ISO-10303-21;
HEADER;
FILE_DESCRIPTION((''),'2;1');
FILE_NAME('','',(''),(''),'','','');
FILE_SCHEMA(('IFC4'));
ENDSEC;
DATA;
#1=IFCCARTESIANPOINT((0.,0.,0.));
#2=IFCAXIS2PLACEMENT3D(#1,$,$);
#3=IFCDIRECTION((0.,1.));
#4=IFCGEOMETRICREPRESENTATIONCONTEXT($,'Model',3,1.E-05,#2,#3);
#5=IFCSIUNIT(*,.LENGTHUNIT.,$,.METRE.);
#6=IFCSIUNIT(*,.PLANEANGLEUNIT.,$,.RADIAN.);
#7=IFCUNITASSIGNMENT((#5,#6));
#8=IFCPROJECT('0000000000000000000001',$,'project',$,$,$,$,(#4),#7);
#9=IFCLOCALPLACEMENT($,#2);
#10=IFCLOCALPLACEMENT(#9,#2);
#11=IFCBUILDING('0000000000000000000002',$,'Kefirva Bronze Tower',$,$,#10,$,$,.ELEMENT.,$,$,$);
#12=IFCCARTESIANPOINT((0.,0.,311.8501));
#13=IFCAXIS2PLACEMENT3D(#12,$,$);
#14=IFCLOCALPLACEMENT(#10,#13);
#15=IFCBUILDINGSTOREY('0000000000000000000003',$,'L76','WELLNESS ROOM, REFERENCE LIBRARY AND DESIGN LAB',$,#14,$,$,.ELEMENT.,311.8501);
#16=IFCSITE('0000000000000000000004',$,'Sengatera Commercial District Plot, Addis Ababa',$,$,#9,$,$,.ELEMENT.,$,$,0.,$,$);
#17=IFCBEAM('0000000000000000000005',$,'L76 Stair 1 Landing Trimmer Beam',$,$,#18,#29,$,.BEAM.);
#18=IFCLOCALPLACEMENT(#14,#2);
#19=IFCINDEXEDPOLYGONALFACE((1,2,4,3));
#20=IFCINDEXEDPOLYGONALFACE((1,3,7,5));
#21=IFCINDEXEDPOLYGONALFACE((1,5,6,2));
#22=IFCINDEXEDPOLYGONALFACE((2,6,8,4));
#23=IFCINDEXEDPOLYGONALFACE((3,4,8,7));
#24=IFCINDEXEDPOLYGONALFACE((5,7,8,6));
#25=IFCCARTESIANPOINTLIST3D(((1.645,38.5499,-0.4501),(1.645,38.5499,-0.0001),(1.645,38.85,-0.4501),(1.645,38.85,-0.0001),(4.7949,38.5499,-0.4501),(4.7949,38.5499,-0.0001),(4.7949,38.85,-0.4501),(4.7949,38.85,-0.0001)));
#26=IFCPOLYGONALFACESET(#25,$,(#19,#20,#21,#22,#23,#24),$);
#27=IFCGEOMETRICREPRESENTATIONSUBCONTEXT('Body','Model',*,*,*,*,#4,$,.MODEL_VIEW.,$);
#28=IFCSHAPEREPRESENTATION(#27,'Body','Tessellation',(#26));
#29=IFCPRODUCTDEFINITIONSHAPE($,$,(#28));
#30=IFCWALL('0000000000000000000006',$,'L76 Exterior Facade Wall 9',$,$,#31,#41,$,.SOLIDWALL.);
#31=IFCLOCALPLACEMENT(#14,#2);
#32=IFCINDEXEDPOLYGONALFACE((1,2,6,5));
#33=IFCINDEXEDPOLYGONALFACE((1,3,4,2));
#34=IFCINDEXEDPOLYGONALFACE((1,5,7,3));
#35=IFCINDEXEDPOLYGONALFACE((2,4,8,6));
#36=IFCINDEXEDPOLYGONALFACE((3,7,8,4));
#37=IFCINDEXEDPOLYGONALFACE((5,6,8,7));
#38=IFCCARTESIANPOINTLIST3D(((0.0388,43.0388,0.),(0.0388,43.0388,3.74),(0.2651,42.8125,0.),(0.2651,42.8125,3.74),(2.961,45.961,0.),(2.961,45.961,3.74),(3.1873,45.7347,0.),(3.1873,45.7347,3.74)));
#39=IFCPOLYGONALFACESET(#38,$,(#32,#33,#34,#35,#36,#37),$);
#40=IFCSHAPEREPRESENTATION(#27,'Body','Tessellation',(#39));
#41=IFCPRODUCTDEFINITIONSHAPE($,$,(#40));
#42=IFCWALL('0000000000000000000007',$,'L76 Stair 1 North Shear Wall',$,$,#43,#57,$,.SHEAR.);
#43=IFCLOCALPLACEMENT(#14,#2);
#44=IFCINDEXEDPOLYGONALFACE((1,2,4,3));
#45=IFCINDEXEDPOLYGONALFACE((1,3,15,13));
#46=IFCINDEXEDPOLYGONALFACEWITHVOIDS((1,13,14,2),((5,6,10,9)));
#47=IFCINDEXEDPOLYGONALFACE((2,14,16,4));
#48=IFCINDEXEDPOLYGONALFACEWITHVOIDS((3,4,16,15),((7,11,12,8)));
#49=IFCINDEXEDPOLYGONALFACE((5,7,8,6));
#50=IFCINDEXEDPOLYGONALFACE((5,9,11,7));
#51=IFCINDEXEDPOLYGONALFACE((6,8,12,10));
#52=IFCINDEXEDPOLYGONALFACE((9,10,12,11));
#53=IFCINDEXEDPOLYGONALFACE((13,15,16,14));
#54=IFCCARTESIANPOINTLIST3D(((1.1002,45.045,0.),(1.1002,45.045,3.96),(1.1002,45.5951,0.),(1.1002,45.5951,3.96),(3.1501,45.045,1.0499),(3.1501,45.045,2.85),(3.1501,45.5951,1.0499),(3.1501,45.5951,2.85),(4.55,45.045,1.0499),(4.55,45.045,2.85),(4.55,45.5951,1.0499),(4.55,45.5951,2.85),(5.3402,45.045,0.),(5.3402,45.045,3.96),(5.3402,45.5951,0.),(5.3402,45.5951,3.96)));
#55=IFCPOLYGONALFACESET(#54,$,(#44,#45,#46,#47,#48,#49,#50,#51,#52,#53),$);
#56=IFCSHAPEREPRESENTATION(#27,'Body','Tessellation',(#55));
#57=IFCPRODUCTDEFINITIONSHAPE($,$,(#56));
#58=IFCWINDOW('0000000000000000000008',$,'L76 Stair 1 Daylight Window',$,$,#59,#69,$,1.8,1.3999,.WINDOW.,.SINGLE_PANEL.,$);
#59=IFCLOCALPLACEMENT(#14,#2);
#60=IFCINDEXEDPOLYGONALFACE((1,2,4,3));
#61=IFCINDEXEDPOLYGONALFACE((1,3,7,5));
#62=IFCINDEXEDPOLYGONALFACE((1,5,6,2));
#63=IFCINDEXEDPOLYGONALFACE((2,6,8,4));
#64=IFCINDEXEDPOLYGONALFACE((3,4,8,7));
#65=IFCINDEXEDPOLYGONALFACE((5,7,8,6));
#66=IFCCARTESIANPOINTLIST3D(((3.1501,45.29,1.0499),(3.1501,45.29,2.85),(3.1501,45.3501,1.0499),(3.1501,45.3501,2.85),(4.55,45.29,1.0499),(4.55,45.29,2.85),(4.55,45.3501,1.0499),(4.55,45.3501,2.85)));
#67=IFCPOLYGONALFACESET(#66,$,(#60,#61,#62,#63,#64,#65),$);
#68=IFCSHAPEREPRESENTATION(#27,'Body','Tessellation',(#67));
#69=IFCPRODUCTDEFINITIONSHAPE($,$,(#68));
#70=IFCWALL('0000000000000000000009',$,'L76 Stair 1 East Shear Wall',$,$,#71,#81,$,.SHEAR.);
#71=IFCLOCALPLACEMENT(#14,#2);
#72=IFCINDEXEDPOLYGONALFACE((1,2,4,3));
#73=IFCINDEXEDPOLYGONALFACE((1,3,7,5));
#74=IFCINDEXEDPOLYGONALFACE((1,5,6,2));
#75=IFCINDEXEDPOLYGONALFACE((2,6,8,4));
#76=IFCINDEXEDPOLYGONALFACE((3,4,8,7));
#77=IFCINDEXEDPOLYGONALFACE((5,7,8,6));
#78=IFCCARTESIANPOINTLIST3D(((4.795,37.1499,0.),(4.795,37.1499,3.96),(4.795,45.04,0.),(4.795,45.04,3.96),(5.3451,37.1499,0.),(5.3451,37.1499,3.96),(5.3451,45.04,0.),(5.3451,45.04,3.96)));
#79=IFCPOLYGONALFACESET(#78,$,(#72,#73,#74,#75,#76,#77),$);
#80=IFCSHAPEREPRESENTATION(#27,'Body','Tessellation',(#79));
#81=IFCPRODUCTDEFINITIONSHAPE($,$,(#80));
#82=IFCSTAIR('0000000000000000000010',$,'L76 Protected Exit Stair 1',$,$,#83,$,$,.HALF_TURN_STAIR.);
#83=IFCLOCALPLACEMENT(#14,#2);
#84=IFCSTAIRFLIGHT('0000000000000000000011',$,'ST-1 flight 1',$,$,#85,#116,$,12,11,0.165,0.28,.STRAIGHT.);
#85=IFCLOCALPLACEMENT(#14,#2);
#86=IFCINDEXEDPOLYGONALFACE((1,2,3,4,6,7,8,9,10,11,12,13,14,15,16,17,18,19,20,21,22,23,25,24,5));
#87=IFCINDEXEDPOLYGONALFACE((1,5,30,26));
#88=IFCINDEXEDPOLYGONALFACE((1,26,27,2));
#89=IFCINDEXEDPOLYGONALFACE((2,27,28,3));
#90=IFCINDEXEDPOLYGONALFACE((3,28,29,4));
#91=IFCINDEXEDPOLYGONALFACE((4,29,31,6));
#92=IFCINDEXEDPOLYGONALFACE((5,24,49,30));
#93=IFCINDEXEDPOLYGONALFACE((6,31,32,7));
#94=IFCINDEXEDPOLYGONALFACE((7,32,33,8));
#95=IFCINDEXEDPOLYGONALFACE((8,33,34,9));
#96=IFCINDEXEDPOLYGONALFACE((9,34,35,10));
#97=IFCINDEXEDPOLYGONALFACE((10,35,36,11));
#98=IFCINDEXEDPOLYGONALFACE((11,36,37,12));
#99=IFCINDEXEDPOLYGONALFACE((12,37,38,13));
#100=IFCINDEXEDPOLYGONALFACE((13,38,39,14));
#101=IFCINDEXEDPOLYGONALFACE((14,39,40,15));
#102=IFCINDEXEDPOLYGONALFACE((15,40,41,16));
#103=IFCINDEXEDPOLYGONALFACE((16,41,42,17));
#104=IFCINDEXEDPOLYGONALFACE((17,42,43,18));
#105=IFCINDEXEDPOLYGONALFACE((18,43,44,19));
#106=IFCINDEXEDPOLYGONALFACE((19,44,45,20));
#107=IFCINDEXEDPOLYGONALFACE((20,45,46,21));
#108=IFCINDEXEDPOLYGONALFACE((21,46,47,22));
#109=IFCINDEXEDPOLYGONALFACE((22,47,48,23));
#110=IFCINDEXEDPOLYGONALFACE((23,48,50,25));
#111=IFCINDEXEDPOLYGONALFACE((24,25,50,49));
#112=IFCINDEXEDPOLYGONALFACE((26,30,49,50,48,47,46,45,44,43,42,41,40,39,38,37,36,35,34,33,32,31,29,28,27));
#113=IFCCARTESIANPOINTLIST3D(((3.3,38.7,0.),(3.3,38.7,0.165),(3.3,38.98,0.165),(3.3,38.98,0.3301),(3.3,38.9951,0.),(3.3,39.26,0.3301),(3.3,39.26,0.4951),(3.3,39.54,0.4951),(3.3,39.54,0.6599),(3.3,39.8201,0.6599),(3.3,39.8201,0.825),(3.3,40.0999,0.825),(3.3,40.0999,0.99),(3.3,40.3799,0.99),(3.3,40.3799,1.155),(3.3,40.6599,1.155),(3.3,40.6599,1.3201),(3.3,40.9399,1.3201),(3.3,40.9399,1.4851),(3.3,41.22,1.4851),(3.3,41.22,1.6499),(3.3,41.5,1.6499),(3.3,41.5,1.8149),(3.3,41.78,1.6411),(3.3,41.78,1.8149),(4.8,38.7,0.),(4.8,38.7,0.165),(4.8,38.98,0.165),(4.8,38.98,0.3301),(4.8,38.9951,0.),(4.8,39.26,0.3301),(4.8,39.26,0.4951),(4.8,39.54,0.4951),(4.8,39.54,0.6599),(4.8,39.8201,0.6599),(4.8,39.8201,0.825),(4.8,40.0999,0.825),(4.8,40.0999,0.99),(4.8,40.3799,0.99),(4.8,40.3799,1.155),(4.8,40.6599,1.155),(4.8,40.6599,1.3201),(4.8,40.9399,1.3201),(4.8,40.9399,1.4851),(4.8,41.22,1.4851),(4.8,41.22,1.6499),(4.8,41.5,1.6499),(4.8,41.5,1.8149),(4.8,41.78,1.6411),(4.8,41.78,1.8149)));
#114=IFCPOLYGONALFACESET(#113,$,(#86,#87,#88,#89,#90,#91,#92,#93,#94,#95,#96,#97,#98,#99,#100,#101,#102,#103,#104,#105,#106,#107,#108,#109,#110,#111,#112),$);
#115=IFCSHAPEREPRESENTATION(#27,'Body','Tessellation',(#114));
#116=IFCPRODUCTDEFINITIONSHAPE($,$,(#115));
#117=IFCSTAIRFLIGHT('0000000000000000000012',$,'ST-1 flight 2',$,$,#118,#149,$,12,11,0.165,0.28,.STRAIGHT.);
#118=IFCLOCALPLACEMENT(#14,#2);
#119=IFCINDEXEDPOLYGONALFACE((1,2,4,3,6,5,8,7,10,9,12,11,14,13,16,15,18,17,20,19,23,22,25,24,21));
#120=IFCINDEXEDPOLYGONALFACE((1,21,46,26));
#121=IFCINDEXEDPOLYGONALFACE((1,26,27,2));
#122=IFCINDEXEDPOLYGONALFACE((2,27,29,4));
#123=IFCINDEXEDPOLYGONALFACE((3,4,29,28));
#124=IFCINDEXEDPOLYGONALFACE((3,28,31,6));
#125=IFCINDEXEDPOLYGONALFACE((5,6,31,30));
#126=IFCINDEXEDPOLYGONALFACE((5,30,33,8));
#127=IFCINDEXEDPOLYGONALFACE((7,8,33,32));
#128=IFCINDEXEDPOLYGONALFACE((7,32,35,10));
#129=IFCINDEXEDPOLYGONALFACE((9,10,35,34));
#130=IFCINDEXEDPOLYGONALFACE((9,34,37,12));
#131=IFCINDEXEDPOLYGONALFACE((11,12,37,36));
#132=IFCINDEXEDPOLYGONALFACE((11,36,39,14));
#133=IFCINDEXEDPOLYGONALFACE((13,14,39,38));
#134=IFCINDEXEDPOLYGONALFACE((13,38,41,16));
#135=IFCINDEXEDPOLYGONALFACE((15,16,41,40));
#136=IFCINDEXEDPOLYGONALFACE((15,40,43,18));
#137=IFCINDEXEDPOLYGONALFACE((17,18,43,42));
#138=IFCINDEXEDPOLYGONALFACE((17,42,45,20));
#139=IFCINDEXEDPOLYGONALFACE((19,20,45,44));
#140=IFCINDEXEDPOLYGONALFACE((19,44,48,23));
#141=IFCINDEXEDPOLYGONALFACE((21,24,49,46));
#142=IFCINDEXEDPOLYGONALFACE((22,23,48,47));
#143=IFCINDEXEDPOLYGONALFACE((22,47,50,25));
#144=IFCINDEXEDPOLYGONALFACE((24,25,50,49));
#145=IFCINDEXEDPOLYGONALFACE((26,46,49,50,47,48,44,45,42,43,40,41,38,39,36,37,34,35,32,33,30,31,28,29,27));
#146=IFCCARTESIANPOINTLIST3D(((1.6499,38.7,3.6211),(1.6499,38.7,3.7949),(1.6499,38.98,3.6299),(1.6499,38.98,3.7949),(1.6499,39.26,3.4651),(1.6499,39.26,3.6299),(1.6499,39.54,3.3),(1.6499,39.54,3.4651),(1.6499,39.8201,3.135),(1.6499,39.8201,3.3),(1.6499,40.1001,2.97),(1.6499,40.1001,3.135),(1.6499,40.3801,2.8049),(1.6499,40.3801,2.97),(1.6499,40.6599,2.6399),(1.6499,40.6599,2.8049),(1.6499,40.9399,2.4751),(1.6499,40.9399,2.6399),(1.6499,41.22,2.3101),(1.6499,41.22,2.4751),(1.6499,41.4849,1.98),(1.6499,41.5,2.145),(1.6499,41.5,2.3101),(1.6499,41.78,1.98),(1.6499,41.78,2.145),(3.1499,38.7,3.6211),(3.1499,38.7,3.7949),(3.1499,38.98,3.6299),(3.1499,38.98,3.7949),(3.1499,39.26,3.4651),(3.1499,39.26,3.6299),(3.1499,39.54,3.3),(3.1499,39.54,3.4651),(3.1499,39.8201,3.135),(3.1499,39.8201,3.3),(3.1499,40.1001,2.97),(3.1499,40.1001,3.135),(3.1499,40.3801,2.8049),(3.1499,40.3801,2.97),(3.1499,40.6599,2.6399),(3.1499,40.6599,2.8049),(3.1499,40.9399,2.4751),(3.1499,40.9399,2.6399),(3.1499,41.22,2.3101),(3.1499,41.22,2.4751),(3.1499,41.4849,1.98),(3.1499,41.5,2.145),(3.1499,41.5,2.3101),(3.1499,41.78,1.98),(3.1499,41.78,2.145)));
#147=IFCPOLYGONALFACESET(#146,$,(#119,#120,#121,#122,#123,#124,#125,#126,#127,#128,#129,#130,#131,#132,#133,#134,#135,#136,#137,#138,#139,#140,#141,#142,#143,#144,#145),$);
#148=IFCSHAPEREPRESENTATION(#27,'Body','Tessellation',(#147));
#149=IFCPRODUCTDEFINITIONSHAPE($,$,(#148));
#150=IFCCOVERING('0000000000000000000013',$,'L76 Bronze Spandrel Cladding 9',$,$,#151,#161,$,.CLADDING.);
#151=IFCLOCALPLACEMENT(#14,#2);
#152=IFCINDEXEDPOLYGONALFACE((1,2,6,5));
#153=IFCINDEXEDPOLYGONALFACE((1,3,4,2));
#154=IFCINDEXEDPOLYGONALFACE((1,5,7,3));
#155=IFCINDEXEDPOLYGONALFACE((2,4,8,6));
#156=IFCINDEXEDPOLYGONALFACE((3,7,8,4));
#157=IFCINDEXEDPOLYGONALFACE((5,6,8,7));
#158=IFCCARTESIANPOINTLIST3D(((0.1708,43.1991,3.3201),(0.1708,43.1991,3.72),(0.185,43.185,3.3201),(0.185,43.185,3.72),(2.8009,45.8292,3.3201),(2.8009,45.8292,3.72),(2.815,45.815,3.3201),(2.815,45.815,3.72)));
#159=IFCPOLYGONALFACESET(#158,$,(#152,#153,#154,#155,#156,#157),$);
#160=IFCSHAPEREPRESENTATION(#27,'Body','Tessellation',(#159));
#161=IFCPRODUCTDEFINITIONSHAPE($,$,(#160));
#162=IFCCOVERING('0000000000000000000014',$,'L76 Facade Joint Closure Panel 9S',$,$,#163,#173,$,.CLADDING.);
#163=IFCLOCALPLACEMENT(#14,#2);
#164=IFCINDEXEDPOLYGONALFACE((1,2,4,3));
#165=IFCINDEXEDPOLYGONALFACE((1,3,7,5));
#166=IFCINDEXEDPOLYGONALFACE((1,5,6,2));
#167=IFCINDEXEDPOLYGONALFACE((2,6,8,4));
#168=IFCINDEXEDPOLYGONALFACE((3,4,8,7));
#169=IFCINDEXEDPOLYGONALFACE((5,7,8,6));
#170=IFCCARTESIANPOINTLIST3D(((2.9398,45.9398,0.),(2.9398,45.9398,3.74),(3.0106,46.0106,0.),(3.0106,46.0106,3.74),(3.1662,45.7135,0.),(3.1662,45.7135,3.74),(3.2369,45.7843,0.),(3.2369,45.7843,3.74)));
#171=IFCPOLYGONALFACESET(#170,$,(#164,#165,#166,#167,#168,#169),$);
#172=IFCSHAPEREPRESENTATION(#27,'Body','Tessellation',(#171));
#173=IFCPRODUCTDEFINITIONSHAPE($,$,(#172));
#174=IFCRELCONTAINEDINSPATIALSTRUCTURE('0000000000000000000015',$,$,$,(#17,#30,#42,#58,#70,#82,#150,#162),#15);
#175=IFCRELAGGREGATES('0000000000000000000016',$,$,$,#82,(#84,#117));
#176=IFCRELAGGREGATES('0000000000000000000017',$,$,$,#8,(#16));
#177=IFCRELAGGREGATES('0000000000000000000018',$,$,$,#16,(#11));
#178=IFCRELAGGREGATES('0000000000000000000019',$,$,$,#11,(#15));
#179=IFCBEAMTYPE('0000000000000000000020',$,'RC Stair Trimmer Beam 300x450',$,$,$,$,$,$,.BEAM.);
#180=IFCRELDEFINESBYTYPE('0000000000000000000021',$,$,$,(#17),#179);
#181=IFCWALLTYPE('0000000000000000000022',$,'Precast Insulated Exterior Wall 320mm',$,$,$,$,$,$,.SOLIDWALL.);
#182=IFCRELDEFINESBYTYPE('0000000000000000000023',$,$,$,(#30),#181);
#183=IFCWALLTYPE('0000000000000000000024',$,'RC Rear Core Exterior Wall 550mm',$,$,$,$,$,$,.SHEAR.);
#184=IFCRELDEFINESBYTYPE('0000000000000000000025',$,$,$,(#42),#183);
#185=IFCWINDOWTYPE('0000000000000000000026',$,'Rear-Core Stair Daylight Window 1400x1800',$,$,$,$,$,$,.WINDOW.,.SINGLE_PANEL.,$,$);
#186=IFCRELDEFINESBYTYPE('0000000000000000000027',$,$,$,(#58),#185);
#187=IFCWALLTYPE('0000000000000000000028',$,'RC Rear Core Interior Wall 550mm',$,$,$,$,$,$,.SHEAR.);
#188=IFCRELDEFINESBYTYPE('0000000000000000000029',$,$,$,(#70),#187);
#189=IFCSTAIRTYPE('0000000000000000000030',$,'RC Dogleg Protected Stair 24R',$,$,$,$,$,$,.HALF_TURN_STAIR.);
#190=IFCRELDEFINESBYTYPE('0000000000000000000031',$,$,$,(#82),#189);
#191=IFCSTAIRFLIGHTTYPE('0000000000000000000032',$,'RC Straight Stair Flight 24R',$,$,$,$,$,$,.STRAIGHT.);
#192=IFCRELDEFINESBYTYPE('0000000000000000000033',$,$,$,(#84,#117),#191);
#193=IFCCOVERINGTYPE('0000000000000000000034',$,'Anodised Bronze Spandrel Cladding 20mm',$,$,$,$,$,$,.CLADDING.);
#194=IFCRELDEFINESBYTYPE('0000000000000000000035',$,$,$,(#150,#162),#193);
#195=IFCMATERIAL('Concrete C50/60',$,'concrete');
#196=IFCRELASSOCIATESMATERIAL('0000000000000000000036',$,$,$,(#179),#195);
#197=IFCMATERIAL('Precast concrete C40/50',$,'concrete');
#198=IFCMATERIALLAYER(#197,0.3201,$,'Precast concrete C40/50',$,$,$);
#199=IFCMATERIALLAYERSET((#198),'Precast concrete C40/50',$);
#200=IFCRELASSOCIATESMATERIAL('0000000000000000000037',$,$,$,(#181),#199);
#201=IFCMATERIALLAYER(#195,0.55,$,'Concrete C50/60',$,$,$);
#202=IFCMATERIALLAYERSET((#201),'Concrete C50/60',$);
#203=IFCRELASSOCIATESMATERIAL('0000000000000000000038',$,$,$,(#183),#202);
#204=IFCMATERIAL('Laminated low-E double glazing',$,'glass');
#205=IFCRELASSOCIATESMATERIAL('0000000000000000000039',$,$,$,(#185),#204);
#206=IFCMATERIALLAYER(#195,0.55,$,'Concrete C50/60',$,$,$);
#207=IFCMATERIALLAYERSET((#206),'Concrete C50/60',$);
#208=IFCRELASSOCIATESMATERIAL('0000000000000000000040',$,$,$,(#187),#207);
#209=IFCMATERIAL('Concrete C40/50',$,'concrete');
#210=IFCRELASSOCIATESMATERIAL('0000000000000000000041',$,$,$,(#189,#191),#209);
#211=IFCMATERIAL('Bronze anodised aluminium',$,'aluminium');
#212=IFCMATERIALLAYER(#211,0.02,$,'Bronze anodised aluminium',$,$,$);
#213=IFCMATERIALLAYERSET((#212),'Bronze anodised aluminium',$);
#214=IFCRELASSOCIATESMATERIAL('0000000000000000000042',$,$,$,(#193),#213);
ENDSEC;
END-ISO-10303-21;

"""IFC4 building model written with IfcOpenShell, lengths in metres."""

from ifc_helpers import new_model, si_unit, direction, frame, frame_2d, origin, origin_2d, place, context, subcontext, project, spatial, polyline, rectangle, outline, extrude, material, layer, layer_set, material_profile, profile_set, type_object, element, fill, aggregate, save


model = new_model("IFC4")

# Units and contexts
model_context = context("Model", 3, precision=1e-05, world=origin(), true_north=direction((0.0, 1.0)))
body_context = subcontext(model_context, "Body", "Model", "MODEL_VIEW")
ifc_project = project(units=[si_unit("LENGTHUNIT", "METRE"), si_unit("PLANEANGLEUNIT", "RADIAN")], contexts=[model_context])

# Site, building, storey
site_placement = place(None, origin())
site = spatial("IfcSite", under=ifc_project, at=site_placement, Name="Sengatera Commercial District Plot, Addis Ababa", CompositionType="ELEMENT", RefElevation=0.0)
building_placement = place(site_placement, origin())
building = spatial("IfcBuilding", under=site, at=building_placement, Name="Kefirva Bronze Tower", CompositionType="ELEMENT")
storey_placement = place(building_placement, frame((0.0, 0.0, 311.8501)))
storey = spatial("IfcBuildingStorey", under=building, at=storey_placement, Name="L76", Description="WELLNESS ROOM, REFERENCE LIBRARY AND DESIGN LAB", CompositionType="ELEMENT", Elevation=311.8501)

# Beam
ifc_material_1 = material(Name="Concrete C50/60", Category="concrete")
ifc_material_profile = material_profile(ifc_material_1, rectangle(XDim=0.3, YDim=0.45, at=origin_2d()), Name="RC 300x450")
ifc_profile_set = profile_set([ifc_material_profile], Name="Concrete C50/60")
beam_type = type_object("IfcBeamType", Name="RC Stair Trimmer Beam 300x450", PredefinedType="BEAM", material=ifc_profile_set)
beam_placement = place(storey_placement, frame((1.645, 38.7, -0.2251), z_axis=(1.0, 0.0, 0.0), x_axis=(0.0, 1.0, 0.0)))
element("IfcBeam", 1, at=beam_placement, inside=storey, type_object=beam_type, Name="L76 Stair 1 Landing Trimmer Beam", PredefinedType="BEAM", context=body_context, shape_type="SweptSolid", body=[
    extrude(rectangle(XDim=0.3, YDim=0.45, at=origin_2d()), origin(), (0.0, 0.0, 1.0), 3.1499),
])

# Wall
ifc_material_2 = material(Name="Precast concrete C40/50", Category="concrete")
ifc_layer_1 = layer(ifc_material_2, 0.3201, Name="Precast concrete C40/50")
ifc_layer_set_1 = layer_set([ifc_layer_1], Name="Precast concrete C40/50")
wall_type_1 = type_object("IfcWallType", Name="Precast Insulated Exterior Wall 320mm", PredefinedType="SOLIDWALL", material=ifc_layer_set_1)
wall_1_placement = place(storey_placement, frame((3.0742, 45.8479, 0.0), z_axis=(0.0, 0.0, 1.0), x_axis=(-0.707107, -0.707107, 0.0)))
element("IfcWall", 2, at=wall_1_placement, inside=storey, type_object=wall_type_1, Name="L76 Exterior Facade Wall 9", PredefinedType="SOLIDWALL", context=body_context, shape_type="SweptSolid", body=[
    extrude(rectangle(XDim=4.1326, YDim=0.3201, at=frame_2d((2.0664, 0.0))), origin(), (0.0, 0.0, 1.0), 3.74),
])

# Wall, opening, window
ifc_layer_2 = layer(ifc_material_1, 0.55, Name="Concrete C50/60")
ifc_layer_set_2 = layer_set([ifc_layer_2], Name="Concrete C50/60")
wall_type_2 = type_object("IfcWallType", Name="RC Rear Core Exterior Wall 550mm", PredefinedType="SHEAR", material=ifc_layer_set_2)
wall_2_placement = place(storey_placement, frame((1.1001, 45.3201, 0.0), z_axis=(0.0, 0.0, 1.0), x_axis=(1.0, 0.0, 0.0)))
wall_2 = element("IfcWall", 3, at=wall_2_placement, inside=storey, type_object=wall_type_2, Name="L76 Stair 1 North Shear Wall", PredefinedType="SHEAR", context=body_context, shape_type="SweptSolid", body=[
    extrude(rectangle(XDim=4.24, YDim=0.55, at=frame_2d((2.1201, 0.0))), origin(), (0.0, 0.0, 1.0), 3.96),
])
opening_1_placement = place(wall_2_placement, frame((2.05, 0.0, 1.05)))
opening_1 = element("IfcOpeningElement", 4, at=opening_1_placement, cuts=wall_2, PredefinedType="OPENING", context=body_context, shape_type="SweptSolid", body=[
    extrude(rectangle(XDim=1.3999, YDim=1.8, at=frame_2d((0.7, 0.8999))), frame((0.0, 0.2852, 0.0), z_axis=(0.0, -1.0, 0.0), x_axis=(1.0, 0.0, 0.0)), (0.0, 0.0, 1.0), 0.5701),
])
ifc_material_3 = material(Name="Laminated low-E double glazing", Category="glass")
window_type = type_object("IfcWindowType", Name="Rear-Core Stair Daylight Window 1400x1800", PartitioningType="SINGLE_PANEL", PredefinedType="WINDOW", material=ifc_material_3)
window_placement = place(opening_1_placement, origin())
window = element("IfcWindow", 5, at=window_placement, inside=storey, type_object=window_type, Name="L76 Stair 1 Daylight Window", OverallHeight=1.8, OverallWidth=1.3999, PartitioningType="SINGLE_PANEL", PredefinedType="WINDOW", context=body_context, shape_type="SweptSolid", body=[
    extrude(rectangle(XDim=1.3999, YDim=1.8, at=frame_2d((0.7, 0.8999))), frame((0.0, 0.03, 0.0), z_axis=(0.0, -1.0, 0.0), x_axis=(1.0, 0.0, 0.0)), (0.0, 0.0, 1.0), 0.0601),
])
fill(opening_1, window)

# Wall
ifc_layer_3 = layer(ifc_material_1, 0.55, Name="Concrete C50/60")
ifc_layer_set_3 = layer_set([ifc_layer_3], Name="Concrete C50/60")
wall_type_3 = type_object("IfcWallType", Name="RC Rear Core Interior Wall 550mm", PredefinedType="SHEAR", material=ifc_layer_set_3)
wall_3_placement = place(storey_placement, frame((5.0701, 37.1499, 0.0), z_axis=(0.0, 0.0, 1.0), x_axis=(0.0, 1.0, 0.0)))
element("IfcWall", 6, at=wall_3_placement, inside=storey, type_object=wall_type_3, Name="L76 Stair 1 East Shear Wall", PredefinedType="SHEAR", context=body_context, shape_type="SweptSolid", body=[
    extrude(rectangle(XDim=7.8901, YDim=0.55, at=frame_2d((3.9451, 0.0))), origin(), (0.0, 0.0, 1.0), 3.96),
])

# Stair, stair flights
ifc_material_4 = material(Name="Concrete C40/50", Category="concrete")
stair_type = type_object("IfcStairType", Name="RC Dogleg Protected Stair 24R", PredefinedType="HALF_TURN_STAIR", material=ifc_material_4)
stair_placement = place(storey_placement, origin())
stair = element("IfcStair", 7, at=stair_placement, inside=storey, type_object=stair_type, Name="L76 Protected Exit Stair 1", PredefinedType="HALF_TURN_STAIR")
stair_flight_type = type_object("IfcStairFlightType", Name="RC Straight Stair Flight 24R", PredefinedType="STRAIGHT", material=ifc_material_4)
stair_flight_1_placement = place(storey_placement, frame((4.05, 38.7, 0.0), z_axis=(0.0, 0.0, 1.0), x_axis=(0.0, 1.0, 0.0)))
stair_flight_1 = element("IfcStairFlight", 8, at=stair_flight_1_placement, type_object=stair_flight_type, Name="ST-1 flight 1", NumberOfRisers=12, NumberOfTreads=11, PredefinedType="STRAIGHT", RiserHeight=0.165, TreadLength=0.28, context=body_context, shape_type="SweptSolid", body=[
    extrude(outline(polyline([(0.0, 0.0), (0.0, 0.165), (0.28, 0.165), (0.28, 0.3301), (0.5601, 0.3301), (0.5601, 0.4951), (0.8401, 0.4951), (0.8401, 0.6599), (1.1201, 0.6599), (1.1201, 0.825), (1.3999, 0.825), (1.3999, 0.99), (1.6799, 0.99), (1.6799, 1.155), (1.96, 1.155), (1.96, 1.3201), (2.24, 1.3201), (2.24, 1.4851), (2.52, 1.4851), (2.52, 1.6499), (2.8, 1.6499), (2.8, 1.8149), (3.0801, 1.8149), (3.0801, 1.98), (3.0801, 1.6411), (0.2952, 0.0), (0.0, 0.0)])), frame((0.0, 0.75, 0.0), z_axis=(0.0, -1.0, 0.0), x_axis=(1.0, 0.0, 0.0)), (0.0, 0.0, 1.0), 1.5),
])
stair_flight_2_placement = place(storey_placement, frame((2.3999, 41.78, 1.98), z_axis=(0.0, 0.0, 1.0), x_axis=(0.0, -1.0, 0.0)))
stair_flight_2 = element("IfcStairFlight", 9, at=stair_flight_2_placement, type_object=stair_flight_type, Name="ST-1 flight 2", NumberOfRisers=12, NumberOfTreads=11, PredefinedType="STRAIGHT", RiserHeight=0.165, TreadLength=0.28, context=body_context, shape_type="SweptSolid", body=[
    extrude(outline(polyline([(0.0, 0.0), (0.0, 0.165), (0.28, 0.165), (0.28, 0.3301), (0.5601, 0.3301), (0.5601, 0.4951), (0.8401, 0.4951), (0.8401, 0.6599), (1.1201, 0.6599), (1.1201, 0.825), (1.3999, 0.825), (1.3999, 0.99), (1.6799, 0.99), (1.6799, 1.155), (1.96, 1.155), (1.96, 1.3201), (2.24, 1.3201), (2.24, 1.4851), (2.52, 1.4851), (2.52, 1.6499), (2.8, 1.6499), (2.8, 1.8149), (3.0801, 1.8149), (3.0801, 1.98), (3.0801, 1.6411), (0.2952, 0.0), (0.0, 0.0)])), frame((0.0, 0.75, 0.0), z_axis=(0.0, -1.0, 0.0), x_axis=(1.0, 0.0, 0.0)), (0.0, 0.0, 1.0), 1.5),
])
aggregate(stair, [stair_flight_1, stair_flight_2])

# Coverings
ifc_material_5 = material(Name="Bronze anodised aluminium", Category="aluminium")
ifc_layer_4 = layer(ifc_material_5, 0.02, Name="Bronze anodised aluminium")
ifc_layer_set_4 = layer_set([ifc_layer_4], Name="Bronze anodised aluminium")
covering_type_1 = type_object("IfcCoveringType", Name="Anodised Bronze Spandrel Cladding 20mm", PredefinedType="CLADDING", material=ifc_layer_set_4)
covering_1_placement = place(storey_placement, frame((1.4929, 44.5071, 3.3201), z_axis=(0.0, 0.0, 1.0), x_axis=(-0.707107, -0.707107, 0.0)))
element("IfcCovering", 10, at=covering_1_placement, inside=storey, type_object=covering_type_1, Name="L76 Bronze Spandrel Cladding 9", PredefinedType="CLADDING", context=body_context, shape_type="SweptSolid", body=[
    extrude(rectangle(XDim=3.7195, YDim=0.02, at=origin_2d()), origin(), (0.0, 0.0, 1.0), 0.3999),
])
for number, where, z_axis, x_axis, name in (
    (11, (3.0884, 45.8621, 0.0), (0.0, 0.0, 1.0), (-0.707107, -0.707107, 0.0), "L76 Facade Joint Closure Panel 9S"),
):
    element("IfcCovering", number, at=place(storey_placement, frame(where, z_axis=z_axis, x_axis=x_axis)), inside=storey, type_object=covering_type_1, Name=name, PredefinedType="CLADDING", context=body_context, shape_type="SweptSolid", body=[
        extrude(rectangle(XDim=0.1001, YDim=0.3201, at=origin_2d()), origin(), (0.0, 0.0, 1.0), 3.74),
    ])

save(model, "model.ifc")
